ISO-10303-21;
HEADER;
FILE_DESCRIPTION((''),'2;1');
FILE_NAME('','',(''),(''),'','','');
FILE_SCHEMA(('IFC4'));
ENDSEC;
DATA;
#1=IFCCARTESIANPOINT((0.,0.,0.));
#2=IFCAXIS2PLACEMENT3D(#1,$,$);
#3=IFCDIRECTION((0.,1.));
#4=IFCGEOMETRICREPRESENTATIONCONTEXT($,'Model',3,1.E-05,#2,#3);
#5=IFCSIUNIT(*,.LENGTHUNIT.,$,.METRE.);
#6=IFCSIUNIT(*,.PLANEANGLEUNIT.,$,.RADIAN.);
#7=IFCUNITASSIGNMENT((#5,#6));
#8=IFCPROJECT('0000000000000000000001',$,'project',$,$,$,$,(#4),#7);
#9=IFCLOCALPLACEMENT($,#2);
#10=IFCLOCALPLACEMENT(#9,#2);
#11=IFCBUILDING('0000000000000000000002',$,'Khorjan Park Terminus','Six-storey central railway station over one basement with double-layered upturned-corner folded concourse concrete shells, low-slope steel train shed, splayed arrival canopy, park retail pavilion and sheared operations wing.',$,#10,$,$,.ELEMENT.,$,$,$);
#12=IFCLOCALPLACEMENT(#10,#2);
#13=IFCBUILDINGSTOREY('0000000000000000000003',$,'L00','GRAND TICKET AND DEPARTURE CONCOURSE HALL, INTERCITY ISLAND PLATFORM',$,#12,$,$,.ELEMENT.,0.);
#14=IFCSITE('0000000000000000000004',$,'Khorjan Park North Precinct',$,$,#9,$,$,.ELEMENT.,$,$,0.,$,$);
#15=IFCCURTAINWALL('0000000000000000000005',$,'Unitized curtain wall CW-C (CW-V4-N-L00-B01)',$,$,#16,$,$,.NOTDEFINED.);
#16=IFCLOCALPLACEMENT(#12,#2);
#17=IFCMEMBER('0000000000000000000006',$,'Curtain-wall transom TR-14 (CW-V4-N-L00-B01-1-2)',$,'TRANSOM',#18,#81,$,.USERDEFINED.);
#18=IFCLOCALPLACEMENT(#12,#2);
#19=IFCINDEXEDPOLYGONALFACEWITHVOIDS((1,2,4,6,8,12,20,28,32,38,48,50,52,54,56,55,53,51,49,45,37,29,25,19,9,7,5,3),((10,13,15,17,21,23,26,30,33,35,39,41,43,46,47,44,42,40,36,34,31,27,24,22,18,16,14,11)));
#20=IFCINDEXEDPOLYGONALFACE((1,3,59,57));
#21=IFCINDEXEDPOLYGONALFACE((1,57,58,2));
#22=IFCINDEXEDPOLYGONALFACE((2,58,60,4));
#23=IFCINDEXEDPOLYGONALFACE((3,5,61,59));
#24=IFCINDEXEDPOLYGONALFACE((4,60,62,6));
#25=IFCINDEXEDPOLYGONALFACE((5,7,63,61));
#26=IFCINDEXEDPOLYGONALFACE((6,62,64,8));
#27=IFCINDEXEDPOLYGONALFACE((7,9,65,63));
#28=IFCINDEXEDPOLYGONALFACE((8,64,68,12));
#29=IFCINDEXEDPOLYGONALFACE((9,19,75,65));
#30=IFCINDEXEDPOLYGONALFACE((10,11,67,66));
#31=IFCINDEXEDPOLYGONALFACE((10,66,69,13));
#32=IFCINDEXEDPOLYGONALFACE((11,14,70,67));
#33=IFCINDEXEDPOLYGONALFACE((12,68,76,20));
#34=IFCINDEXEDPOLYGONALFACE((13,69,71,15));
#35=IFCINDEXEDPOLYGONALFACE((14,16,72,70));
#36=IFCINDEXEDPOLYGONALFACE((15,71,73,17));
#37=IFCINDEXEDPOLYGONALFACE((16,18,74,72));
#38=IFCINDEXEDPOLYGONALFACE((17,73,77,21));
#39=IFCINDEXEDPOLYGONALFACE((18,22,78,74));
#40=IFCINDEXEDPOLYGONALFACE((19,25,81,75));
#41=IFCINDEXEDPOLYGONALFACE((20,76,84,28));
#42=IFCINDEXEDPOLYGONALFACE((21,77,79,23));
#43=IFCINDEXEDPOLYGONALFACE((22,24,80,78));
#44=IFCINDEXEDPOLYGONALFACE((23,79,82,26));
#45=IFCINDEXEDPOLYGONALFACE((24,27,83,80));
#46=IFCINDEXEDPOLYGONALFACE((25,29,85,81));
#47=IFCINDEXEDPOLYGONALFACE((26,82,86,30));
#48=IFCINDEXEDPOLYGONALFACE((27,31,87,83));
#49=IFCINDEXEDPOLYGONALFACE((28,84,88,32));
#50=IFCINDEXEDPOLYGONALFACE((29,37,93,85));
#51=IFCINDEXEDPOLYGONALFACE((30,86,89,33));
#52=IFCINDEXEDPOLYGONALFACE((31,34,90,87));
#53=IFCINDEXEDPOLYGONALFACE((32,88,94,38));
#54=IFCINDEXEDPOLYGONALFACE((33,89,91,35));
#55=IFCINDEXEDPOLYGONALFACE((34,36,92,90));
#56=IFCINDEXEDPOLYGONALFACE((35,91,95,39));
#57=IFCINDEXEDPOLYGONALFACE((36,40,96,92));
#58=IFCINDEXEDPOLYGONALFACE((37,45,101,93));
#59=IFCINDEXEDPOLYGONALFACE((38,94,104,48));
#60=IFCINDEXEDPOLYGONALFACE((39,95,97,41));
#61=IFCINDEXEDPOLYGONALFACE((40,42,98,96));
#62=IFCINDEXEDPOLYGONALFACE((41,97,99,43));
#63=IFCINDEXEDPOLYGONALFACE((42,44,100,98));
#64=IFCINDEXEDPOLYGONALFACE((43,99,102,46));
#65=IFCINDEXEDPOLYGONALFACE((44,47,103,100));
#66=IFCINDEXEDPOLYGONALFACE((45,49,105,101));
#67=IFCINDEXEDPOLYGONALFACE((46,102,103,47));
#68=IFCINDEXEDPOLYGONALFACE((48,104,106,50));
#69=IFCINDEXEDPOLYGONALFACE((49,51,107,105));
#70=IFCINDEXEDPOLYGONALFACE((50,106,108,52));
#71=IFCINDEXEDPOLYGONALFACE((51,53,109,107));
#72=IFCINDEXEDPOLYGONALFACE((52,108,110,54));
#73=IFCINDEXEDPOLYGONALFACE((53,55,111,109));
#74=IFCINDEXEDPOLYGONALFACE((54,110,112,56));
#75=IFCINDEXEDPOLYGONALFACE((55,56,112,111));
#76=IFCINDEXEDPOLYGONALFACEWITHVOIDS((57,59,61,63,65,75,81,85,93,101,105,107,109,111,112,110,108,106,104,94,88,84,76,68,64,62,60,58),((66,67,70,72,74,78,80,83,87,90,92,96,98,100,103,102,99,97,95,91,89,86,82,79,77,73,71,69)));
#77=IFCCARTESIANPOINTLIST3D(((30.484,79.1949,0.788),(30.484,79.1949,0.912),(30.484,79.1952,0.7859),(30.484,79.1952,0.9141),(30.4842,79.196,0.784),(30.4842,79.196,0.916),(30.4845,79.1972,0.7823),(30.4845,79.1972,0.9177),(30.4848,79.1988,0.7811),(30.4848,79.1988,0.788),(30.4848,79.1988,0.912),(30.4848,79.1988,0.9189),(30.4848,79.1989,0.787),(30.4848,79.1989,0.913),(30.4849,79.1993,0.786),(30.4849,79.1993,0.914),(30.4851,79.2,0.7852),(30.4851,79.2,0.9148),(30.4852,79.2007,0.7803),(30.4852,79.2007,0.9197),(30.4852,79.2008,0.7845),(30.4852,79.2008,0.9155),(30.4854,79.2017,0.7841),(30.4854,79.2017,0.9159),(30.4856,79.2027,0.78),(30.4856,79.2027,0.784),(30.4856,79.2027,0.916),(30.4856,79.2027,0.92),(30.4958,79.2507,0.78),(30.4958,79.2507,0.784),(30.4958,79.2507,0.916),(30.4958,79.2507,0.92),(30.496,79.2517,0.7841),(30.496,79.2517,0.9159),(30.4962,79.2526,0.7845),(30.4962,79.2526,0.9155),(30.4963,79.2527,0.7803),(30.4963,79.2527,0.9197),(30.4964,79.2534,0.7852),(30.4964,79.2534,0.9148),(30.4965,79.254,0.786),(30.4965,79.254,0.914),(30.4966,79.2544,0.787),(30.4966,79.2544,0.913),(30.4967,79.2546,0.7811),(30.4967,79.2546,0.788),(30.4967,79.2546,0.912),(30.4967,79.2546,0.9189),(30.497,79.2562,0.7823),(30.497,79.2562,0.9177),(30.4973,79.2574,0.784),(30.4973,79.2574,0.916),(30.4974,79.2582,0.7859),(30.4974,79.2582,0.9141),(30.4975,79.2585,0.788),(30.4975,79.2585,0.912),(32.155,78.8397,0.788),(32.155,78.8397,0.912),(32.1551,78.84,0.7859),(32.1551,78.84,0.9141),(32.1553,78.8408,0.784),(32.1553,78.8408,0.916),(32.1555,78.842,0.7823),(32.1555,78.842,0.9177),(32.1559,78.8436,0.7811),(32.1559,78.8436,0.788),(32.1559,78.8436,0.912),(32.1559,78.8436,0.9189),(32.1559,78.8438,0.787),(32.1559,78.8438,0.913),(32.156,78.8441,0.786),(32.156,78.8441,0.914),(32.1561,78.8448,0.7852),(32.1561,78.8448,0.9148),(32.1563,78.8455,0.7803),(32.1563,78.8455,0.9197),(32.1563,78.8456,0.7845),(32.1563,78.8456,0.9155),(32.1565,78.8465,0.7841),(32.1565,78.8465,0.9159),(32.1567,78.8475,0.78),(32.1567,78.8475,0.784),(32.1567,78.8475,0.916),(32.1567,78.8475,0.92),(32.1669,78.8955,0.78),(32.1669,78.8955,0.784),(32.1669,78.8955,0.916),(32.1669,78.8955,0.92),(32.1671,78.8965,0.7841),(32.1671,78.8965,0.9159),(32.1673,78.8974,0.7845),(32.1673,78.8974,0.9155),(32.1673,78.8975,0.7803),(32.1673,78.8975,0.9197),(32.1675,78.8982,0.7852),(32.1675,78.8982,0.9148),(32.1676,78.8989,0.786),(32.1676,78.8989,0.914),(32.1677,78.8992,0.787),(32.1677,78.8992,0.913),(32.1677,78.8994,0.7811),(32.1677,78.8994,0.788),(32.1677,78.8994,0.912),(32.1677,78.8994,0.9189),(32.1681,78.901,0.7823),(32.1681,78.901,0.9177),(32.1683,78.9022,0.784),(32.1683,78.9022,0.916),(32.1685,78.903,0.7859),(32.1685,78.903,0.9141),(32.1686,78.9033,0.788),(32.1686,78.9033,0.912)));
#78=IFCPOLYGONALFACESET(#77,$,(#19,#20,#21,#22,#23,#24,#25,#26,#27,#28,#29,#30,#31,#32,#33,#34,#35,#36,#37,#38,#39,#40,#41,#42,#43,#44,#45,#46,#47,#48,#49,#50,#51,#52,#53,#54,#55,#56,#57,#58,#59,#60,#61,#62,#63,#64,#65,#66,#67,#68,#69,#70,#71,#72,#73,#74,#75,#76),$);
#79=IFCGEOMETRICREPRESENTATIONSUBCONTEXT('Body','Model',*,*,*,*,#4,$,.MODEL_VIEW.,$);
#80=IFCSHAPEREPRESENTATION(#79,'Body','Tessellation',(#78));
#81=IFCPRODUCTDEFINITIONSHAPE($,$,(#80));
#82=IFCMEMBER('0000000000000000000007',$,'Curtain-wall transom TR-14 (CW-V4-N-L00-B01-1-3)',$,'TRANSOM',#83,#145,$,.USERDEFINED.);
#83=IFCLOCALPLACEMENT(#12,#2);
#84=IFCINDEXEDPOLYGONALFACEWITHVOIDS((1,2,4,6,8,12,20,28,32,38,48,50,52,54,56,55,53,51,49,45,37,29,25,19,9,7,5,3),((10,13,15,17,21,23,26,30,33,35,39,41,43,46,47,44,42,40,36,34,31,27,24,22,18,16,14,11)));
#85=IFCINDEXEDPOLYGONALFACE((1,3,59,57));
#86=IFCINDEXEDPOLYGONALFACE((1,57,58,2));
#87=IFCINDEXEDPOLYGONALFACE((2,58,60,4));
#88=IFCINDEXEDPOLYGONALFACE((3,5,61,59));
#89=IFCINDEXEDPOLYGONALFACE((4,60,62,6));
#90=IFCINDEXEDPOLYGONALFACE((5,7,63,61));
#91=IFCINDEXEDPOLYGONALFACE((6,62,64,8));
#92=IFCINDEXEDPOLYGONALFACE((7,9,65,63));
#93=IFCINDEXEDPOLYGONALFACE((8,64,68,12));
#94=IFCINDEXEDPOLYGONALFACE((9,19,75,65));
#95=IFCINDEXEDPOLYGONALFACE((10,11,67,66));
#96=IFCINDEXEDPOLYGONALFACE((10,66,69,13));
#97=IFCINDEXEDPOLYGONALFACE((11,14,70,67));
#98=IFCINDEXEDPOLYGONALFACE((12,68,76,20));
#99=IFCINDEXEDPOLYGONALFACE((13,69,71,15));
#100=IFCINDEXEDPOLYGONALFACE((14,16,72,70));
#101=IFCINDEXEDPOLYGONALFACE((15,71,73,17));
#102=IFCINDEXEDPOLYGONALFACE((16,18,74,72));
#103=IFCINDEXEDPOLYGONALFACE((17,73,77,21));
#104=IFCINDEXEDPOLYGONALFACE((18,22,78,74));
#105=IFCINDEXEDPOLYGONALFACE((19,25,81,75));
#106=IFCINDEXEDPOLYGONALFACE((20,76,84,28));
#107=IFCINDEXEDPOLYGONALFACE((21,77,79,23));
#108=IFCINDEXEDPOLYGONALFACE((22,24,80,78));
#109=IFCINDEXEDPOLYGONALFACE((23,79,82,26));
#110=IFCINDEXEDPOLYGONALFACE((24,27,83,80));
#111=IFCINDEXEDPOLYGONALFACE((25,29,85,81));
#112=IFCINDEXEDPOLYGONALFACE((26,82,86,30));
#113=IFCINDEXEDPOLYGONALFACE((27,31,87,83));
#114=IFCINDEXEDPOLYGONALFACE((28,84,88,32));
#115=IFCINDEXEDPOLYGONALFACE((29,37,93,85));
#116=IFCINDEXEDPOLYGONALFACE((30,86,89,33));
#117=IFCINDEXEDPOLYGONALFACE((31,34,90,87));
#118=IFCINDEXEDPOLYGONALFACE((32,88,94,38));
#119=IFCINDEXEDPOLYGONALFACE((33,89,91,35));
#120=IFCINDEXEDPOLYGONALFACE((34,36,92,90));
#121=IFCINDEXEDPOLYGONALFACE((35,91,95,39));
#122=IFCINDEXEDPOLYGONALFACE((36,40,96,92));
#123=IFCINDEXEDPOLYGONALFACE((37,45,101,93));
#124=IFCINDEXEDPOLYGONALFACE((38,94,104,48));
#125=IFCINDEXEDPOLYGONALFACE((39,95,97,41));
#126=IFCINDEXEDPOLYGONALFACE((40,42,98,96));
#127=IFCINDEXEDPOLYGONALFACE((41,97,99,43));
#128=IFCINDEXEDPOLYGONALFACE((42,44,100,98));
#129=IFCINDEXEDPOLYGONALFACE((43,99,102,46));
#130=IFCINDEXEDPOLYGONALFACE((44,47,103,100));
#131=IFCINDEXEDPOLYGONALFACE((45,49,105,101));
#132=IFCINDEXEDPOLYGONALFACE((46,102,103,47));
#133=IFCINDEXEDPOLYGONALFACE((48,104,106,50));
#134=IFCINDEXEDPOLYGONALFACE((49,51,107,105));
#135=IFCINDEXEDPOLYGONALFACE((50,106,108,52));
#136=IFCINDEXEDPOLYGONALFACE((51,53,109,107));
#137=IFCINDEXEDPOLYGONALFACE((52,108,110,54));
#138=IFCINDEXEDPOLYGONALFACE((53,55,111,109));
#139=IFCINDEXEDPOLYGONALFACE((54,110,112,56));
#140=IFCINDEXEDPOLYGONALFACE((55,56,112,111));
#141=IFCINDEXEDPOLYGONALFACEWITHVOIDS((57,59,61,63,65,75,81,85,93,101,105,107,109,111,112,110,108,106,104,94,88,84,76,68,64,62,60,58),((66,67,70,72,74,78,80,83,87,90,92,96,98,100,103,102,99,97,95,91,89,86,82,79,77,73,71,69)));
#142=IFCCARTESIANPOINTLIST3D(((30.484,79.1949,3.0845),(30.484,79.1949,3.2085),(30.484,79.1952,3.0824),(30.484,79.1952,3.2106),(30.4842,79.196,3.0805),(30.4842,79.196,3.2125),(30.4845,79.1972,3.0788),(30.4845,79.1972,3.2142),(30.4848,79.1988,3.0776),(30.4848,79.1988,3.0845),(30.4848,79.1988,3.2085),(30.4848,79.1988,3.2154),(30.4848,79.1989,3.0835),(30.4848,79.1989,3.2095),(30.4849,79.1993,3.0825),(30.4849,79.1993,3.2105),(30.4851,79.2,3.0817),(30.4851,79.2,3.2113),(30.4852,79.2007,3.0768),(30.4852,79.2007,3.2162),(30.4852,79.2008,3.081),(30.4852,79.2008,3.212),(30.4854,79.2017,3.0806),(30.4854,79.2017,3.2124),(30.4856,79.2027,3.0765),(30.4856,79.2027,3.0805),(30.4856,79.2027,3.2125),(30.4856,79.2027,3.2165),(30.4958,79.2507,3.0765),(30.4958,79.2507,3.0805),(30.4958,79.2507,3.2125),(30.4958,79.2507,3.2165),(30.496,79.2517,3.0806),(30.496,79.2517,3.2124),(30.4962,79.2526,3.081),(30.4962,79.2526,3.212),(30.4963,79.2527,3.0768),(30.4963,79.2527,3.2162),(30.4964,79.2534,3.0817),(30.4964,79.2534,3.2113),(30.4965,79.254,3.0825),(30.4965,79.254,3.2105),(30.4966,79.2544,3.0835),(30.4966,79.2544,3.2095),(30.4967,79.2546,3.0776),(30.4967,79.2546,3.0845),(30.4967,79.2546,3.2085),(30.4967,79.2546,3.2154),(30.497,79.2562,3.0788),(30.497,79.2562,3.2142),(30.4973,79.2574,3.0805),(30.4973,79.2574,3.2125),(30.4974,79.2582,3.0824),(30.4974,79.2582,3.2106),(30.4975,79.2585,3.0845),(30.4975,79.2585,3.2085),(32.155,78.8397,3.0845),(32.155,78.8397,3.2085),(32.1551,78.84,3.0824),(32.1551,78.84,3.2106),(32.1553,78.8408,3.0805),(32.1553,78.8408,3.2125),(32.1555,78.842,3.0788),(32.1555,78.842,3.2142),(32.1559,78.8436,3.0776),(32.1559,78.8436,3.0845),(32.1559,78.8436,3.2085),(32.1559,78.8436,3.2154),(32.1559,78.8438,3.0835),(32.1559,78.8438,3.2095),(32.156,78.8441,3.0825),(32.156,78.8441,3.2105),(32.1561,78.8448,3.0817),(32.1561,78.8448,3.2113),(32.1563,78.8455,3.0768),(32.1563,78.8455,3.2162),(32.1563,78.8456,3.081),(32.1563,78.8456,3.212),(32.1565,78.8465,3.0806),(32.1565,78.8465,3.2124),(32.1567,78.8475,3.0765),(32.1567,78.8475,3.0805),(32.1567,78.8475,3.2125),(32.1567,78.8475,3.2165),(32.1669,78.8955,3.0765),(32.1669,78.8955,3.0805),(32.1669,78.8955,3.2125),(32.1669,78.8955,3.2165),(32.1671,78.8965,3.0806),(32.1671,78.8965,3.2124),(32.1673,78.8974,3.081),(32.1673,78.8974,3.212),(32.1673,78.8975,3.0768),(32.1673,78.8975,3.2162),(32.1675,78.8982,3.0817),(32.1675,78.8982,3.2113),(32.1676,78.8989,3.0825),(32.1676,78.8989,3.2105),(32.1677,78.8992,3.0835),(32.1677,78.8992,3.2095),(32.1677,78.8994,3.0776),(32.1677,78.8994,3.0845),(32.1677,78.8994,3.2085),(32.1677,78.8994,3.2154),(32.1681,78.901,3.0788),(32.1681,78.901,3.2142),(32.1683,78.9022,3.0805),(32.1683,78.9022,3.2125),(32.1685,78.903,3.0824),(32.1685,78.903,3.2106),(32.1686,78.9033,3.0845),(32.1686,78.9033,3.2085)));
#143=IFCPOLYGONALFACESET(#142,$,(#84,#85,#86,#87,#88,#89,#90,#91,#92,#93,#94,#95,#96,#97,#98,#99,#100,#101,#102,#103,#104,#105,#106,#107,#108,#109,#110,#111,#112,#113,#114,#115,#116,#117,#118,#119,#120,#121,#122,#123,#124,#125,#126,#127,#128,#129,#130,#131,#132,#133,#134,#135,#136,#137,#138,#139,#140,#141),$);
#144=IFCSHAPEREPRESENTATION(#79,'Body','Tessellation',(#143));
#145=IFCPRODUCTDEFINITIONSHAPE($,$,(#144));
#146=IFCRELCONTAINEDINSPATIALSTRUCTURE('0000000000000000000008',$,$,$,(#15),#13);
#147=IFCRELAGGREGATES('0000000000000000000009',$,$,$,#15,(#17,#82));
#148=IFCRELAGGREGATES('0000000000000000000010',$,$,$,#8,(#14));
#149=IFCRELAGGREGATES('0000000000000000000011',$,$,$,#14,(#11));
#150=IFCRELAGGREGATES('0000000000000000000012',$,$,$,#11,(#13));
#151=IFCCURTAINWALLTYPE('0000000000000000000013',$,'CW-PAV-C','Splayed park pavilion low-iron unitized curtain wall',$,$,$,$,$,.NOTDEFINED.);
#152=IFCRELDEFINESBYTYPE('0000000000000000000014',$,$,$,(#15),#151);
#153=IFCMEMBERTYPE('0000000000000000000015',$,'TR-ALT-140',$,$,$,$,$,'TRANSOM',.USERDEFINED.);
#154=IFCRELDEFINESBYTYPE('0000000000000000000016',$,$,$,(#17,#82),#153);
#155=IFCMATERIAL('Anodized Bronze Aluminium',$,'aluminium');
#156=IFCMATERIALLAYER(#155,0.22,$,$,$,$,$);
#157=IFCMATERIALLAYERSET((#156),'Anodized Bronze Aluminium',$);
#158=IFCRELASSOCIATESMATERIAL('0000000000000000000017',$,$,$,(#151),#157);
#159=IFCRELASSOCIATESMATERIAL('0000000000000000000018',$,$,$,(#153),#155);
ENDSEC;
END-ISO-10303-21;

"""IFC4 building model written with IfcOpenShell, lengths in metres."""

from ifc_helpers import new_model, si_unit, direction, frame, origin, origin_2d, place, context, subcontext, project, spatial, hollow_rectangle, extrude, material, layer, layer_set, material_profile, profile_set, type_object, element, aggregate, save


model = new_model("IFC4")

# Units and contexts
model_context = context("Model", 3, precision=1e-05, world=origin(), true_north=direction((0.0, 1.0)))
body_context = subcontext(model_context, "Body", "Model", "MODEL_VIEW")
ifc_project = project(units=[si_unit("LENGTHUNIT", "METRE"), si_unit("PLANEANGLEUNIT", "RADIAN")], contexts=[model_context])

# Site, building, storey
site_placement = place(None, origin())
site = spatial("IfcSite", under=ifc_project, at=site_placement, Name="Khorjan Park North Precinct", CompositionType="ELEMENT", RefElevation=0.0)
building_placement = place(site_placement, origin())
building = spatial("IfcBuilding", under=site, at=building_placement, Name="Khorjan Park Terminus", Description="Six-storey central railway station over one basement with double-layered upturned-corner folded concourse concrete shells, low-slope steel train shed, splayed arrival canopy, park retail pavilion and sheared operations wing.", CompositionType="ELEMENT")
storey_placement = place(building_placement, origin())
storey = spatial("IfcBuildingStorey", under=building, at=storey_placement, Name="L00", Description="GRAND TICKET AND DEPARTURE CONCOURSE HALL, INTERCITY ISLAND PLATFORM", CompositionType="ELEMENT", Elevation=0.0)

# Curtain wall, members
ifc_material_1 = material(Name="Anodized Bronze Aluminium", Category="aluminium")
ifc_layer_1 = layer(ifc_material_1, 0.22)
ifc_layer_set_1 = layer_set([ifc_layer_1], Name="Anodized Bronze Aluminium")
curtain_wall_type = type_object("IfcCurtainWallType", Name="CW-PAV-C", Description="Splayed park pavilion low-iron unitized curtain wall", PredefinedType="NOTDEFINED", material=ifc_layer_set_1)
curtain_wall_placement = place(storey_placement, origin())
curtain_wall = element("IfcCurtainWall", 1, at=curtain_wall_placement, inside=storey, type_object=curtain_wall_type, Name="Unitized curtain wall CW-C (CW-V4-N-L00-B01)", PredefinedType="NOTDEFINED")
ifc_material_profile_1 = material_profile(ifc_material_1, hollow_rectangle(XDim=0.065, YDim=0.14, WallThickness=0.004, InnerFilletRadius=0.004, OuterFilletRadius=0.008, at=origin_2d()), Name="ALT 65x140x4")
ifc_profile_set_1 = profile_set([ifc_material_profile_1], Name="Anodized Bronze Aluminium")
member_type_1 = type_object("IfcMemberType", Name="TR-ALT-140", ElementType="TRANSOM", PredefinedType="USERDEFINED", material=ifc_profile_set_1)
member_1_placement = place(storey_placement, frame((32.1618, 78.8715, 0.85), z_axis=(-0.978148, 0.20791, 0.0), x_axis=(-0.20791, -0.978148, 0.0)))
member_1 = element("IfcMember", 2, at=member_1_placement, type_object=member_type_1, Name="Curtain-wall transom TR-14 (CW-V4-N-L00-B01-1-2)", ObjectType="TRANSOM", PredefinedType="USERDEFINED", context=body_context, shape_type="SweptSolid", body=[
    extrude(hollow_rectangle(XDim=0.065, YDim=0.14, WallThickness=0.004, InnerFilletRadius=0.004, OuterFilletRadius=0.008, at=origin_2d()), origin(), (0.0, 0.0, 1.0), 1.7084),
])
member_2_placement = place(storey_placement, frame((32.1618, 78.8715, 3.1465), z_axis=(-0.978148, 0.20791, 0.0), x_axis=(-0.20791, -0.978148, 0.0)))
member_2 = element("IfcMember", 3, at=member_2_placement, type_object=member_type_1, Name="Curtain-wall transom TR-14 (CW-V4-N-L00-B01-1-3)", ObjectType="TRANSOM", PredefinedType="USERDEFINED", context=body_context, shape_type="SweptSolid", body=[
    extrude(hollow_rectangle(XDim=0.065, YDim=0.14, WallThickness=0.004, InnerFilletRadius=0.004, OuterFilletRadius=0.008, at=origin_2d()), origin(), (0.0, 0.0, 1.0), 1.7084),
])
aggregate(curtain_wall, [member_1, member_2])

save(model, "model.ifc")
